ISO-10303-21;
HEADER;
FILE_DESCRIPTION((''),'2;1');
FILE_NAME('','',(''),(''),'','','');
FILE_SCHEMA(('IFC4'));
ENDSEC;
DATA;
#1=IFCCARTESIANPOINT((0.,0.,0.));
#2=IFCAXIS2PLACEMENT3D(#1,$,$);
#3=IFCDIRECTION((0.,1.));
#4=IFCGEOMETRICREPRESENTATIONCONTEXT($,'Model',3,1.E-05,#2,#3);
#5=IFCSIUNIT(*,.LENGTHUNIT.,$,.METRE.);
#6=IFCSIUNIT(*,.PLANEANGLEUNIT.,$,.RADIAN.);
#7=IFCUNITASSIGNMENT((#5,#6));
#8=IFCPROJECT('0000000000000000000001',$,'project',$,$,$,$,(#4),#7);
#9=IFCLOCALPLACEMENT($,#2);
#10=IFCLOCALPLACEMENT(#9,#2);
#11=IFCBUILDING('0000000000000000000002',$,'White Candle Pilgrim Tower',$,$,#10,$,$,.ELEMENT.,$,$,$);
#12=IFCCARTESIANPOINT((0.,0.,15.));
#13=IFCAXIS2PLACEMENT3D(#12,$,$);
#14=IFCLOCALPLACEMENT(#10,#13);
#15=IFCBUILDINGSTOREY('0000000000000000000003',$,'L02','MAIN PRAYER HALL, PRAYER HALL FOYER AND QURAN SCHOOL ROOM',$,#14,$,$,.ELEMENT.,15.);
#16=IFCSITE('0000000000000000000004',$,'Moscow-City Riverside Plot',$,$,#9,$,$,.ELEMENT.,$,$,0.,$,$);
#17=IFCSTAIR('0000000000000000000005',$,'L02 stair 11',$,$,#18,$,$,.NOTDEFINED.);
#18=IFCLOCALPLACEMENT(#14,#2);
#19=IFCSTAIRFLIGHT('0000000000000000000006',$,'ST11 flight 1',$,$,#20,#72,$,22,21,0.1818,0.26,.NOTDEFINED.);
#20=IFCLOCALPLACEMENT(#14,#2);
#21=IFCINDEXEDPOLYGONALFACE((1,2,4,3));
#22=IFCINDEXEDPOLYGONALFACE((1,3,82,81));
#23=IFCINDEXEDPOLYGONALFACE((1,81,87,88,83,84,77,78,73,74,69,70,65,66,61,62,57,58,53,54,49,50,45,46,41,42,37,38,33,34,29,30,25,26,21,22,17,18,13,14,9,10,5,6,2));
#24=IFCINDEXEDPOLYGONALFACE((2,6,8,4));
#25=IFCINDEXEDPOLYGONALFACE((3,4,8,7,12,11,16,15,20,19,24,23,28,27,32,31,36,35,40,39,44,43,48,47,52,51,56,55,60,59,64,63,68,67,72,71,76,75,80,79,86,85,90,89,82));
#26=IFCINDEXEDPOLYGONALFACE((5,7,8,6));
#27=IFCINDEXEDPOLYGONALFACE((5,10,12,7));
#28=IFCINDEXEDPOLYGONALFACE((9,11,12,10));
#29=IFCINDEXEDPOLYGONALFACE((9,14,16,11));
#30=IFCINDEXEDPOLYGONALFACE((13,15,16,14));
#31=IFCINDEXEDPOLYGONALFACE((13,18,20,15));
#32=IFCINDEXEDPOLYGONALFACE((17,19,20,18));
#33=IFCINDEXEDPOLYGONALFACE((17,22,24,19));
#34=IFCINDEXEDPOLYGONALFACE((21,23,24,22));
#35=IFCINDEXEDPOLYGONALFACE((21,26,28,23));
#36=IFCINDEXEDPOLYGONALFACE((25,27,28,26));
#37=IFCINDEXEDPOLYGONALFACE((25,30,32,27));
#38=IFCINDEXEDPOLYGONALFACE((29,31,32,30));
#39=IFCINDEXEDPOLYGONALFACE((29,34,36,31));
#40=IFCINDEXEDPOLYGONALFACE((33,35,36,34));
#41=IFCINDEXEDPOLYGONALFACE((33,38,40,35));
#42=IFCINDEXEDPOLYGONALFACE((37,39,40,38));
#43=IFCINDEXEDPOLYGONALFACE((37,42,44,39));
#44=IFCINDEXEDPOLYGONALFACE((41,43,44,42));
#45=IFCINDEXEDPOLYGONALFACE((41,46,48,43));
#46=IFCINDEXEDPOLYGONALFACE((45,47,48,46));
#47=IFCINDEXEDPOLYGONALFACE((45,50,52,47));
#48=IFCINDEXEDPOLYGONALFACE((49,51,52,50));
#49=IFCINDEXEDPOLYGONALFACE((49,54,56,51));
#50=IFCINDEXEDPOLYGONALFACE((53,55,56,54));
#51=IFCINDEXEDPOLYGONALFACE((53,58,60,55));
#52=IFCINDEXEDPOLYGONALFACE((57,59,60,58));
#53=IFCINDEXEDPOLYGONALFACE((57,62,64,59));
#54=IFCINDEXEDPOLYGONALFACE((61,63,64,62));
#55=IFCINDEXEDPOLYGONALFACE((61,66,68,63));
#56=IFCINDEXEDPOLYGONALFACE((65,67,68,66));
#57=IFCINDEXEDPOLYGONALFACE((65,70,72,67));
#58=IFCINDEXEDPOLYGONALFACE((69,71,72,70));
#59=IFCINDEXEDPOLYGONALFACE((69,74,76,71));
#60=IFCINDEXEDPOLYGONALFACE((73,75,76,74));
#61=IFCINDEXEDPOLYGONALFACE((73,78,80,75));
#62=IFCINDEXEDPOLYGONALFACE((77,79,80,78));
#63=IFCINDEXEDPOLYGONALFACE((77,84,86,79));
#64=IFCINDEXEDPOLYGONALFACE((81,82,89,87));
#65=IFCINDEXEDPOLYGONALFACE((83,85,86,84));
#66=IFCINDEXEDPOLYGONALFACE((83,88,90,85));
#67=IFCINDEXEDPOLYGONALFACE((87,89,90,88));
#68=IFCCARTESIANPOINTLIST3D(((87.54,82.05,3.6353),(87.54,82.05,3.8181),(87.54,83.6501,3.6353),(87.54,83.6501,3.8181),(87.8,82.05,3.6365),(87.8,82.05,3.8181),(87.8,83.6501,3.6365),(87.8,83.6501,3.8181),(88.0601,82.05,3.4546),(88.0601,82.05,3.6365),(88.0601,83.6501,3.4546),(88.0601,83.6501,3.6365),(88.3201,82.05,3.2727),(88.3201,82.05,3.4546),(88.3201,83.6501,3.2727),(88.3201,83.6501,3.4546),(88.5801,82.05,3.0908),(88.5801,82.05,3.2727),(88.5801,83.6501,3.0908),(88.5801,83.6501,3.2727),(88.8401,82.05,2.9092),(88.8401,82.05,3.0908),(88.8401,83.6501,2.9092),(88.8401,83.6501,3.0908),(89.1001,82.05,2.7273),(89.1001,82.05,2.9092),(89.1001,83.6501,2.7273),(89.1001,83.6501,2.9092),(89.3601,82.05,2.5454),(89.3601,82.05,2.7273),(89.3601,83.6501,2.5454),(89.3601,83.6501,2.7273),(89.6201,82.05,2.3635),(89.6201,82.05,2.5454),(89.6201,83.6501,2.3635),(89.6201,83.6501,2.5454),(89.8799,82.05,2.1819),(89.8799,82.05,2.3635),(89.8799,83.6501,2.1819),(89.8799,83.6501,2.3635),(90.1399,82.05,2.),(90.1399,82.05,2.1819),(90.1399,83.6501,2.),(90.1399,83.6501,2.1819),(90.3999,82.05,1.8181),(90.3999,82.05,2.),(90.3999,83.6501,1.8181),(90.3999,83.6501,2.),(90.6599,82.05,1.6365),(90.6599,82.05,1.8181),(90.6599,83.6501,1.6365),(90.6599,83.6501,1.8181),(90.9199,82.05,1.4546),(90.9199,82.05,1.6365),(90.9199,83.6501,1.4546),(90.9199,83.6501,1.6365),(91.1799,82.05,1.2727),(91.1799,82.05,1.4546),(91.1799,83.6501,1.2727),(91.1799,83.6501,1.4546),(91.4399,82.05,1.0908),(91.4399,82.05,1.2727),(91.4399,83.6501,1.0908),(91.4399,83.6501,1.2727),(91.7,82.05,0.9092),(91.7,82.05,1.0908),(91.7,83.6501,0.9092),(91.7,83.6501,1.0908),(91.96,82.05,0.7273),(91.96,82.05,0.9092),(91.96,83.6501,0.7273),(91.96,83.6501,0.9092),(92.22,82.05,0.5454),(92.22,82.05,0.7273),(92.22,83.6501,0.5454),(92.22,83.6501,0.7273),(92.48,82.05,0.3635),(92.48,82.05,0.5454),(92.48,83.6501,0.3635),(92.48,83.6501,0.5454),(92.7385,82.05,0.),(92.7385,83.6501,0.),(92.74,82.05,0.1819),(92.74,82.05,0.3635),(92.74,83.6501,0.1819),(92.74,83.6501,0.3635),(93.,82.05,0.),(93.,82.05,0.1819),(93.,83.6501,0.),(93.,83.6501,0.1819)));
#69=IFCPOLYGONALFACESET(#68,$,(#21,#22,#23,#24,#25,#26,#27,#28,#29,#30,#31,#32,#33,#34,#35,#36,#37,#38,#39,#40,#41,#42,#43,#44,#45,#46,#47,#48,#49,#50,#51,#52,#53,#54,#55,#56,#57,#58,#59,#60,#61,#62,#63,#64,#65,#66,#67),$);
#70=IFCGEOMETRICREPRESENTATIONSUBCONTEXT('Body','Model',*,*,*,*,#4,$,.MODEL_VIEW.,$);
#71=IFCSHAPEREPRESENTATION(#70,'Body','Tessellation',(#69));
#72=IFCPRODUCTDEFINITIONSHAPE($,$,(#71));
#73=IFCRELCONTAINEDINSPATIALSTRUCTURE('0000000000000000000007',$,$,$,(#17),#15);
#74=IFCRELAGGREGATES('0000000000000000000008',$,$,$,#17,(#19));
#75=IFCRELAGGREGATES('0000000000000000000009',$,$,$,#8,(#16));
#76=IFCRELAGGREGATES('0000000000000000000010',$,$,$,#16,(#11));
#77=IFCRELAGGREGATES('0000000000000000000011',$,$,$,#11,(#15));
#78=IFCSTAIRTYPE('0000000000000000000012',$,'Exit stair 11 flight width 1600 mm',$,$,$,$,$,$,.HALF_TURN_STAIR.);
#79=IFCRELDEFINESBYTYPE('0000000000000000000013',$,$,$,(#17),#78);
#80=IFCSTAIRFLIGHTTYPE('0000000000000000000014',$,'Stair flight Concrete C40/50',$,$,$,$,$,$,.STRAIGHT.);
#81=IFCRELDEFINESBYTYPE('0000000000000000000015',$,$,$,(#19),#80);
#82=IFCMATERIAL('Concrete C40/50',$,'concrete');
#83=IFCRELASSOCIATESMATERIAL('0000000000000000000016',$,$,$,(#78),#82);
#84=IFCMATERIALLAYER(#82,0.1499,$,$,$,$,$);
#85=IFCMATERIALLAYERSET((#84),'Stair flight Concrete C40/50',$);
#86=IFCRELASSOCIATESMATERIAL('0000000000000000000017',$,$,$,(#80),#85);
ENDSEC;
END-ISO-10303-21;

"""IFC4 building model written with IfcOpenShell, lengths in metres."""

from ifc_helpers import new_model, si_unit, direction, frame, origin, place, context, subcontext, project, spatial, polyline, outline, extrude, material, layer, layer_set, type_object, element, aggregate, save


model = new_model("IFC4")

# Units and contexts
model_context = context("Model", 3, precision=1e-05, world=origin(), true_north=direction((0.0, 1.0)))
body_context = subcontext(model_context, "Body", "Model", "MODEL_VIEW")
ifc_project = project(units=[si_unit("LENGTHUNIT", "METRE"), si_unit("PLANEANGLEUNIT", "RADIAN")], contexts=[model_context])

# Site, building, storey
site_placement = place(None, origin())
site = spatial("IfcSite", under=ifc_project, at=site_placement, Name="Moscow-City Riverside Plot", CompositionType="ELEMENT", RefElevation=0.0)
building_placement = place(site_placement, origin())
building = spatial("IfcBuilding", under=site, at=building_placement, Name="White Candle Pilgrim Tower", CompositionType="ELEMENT")
storey_placement = place(building_placement, frame((0.0, 0.0, 15.0)))
storey = spatial("IfcBuildingStorey", under=building, at=storey_placement, Name="L02", Description="MAIN PRAYER HALL, PRAYER HALL FOYER AND QURAN SCHOOL ROOM", CompositionType="ELEMENT", Elevation=15.0)

# Stair, stair flight
ifc_material_1 = material(Name="Concrete C40/50", Category="concrete")
stair_type = type_object("IfcStairType", Name="Exit stair 11 flight width 1600 mm", PredefinedType="HALF_TURN_STAIR", material=ifc_material_1)
stair_placement = place(storey_placement, origin())
stair = element("IfcStair", 1, at=stair_placement, inside=storey, type_object=stair_type, Name="L02 stair 11", PredefinedType="NOTDEFINED")
ifc_layer_1 = layer(ifc_material_1, 0.1499)
ifc_layer_set_1 = layer_set([ifc_layer_1], Name="Stair flight Concrete C40/50")
stair_flight_type = type_object("IfcStairFlightType", Name="Stair flight Concrete C40/50", PredefinedType="STRAIGHT", material=ifc_layer_set_1)
stair_flight_placement = place(storey_placement, frame((93.0, 82.8501, 0.0), z_axis=(0.0, 0.0, 1.0), x_axis=(-1.0, 0.0, 0.0)))
stair_flight = element("IfcStairFlight", 2, at=stair_flight_placement, type_object=stair_flight_type, Name="ST11 flight 1", NumberOfRisers=22, NumberOfTreads=21, PredefinedType="NOTDEFINED", RiserHeight=0.1818, TreadLength=0.26, context=body_context, shape_type="SweptSolid", body=[
    extrude(outline(polyline([(0.0, 0.0), (0.0, 0.1819), (0.26, 0.1819), (0.26, 0.3635), (0.52, 0.3635), (0.52, 0.5454), (0.78, 0.5454), (0.78, 0.7273), (1.04, 0.7273), (1.04, 0.9092), (1.3, 0.9092), (1.3, 1.0908), (1.5601, 1.0908), (1.5601, 1.2727), (1.8201, 1.2727), (1.8201, 1.4546), (2.0801, 1.4546), (2.0801, 1.6365), (2.3401, 1.6365), (2.3401, 1.8181), (2.6001, 1.8181), (2.6001, 2.0), (2.8601, 2.0), (2.8601, 2.1819), (3.1201, 2.1819), (3.1201, 2.3635), (3.3799, 2.3635), (3.3799, 2.5454), (3.6399, 2.5454), (3.6399, 2.7273), (3.8999, 2.7273), (3.8999, 2.9092), (4.1599, 2.9092), (4.1599, 3.0908), (4.4199, 3.0908), (4.4199, 3.2727), (4.6799, 3.2727), (4.6799, 3.4546), (4.9399, 3.4546), (4.9399, 3.6365), (5.2, 3.6365), (5.2, 3.8181), (5.46, 3.8181), (5.46, 4.0), (5.46, 3.6353), (0.2615, 0.0), (0.0, 0.0)])), frame((0.0, 0.8, 0.0), z_axis=(0.0, -1.0, 0.0), x_axis=(1.0, 0.0, 0.0)), (0.0, 0.0, 1.0), 1.6001),
])
aggregate(stair, [stair_flight])

save(model, "model.ifc")
